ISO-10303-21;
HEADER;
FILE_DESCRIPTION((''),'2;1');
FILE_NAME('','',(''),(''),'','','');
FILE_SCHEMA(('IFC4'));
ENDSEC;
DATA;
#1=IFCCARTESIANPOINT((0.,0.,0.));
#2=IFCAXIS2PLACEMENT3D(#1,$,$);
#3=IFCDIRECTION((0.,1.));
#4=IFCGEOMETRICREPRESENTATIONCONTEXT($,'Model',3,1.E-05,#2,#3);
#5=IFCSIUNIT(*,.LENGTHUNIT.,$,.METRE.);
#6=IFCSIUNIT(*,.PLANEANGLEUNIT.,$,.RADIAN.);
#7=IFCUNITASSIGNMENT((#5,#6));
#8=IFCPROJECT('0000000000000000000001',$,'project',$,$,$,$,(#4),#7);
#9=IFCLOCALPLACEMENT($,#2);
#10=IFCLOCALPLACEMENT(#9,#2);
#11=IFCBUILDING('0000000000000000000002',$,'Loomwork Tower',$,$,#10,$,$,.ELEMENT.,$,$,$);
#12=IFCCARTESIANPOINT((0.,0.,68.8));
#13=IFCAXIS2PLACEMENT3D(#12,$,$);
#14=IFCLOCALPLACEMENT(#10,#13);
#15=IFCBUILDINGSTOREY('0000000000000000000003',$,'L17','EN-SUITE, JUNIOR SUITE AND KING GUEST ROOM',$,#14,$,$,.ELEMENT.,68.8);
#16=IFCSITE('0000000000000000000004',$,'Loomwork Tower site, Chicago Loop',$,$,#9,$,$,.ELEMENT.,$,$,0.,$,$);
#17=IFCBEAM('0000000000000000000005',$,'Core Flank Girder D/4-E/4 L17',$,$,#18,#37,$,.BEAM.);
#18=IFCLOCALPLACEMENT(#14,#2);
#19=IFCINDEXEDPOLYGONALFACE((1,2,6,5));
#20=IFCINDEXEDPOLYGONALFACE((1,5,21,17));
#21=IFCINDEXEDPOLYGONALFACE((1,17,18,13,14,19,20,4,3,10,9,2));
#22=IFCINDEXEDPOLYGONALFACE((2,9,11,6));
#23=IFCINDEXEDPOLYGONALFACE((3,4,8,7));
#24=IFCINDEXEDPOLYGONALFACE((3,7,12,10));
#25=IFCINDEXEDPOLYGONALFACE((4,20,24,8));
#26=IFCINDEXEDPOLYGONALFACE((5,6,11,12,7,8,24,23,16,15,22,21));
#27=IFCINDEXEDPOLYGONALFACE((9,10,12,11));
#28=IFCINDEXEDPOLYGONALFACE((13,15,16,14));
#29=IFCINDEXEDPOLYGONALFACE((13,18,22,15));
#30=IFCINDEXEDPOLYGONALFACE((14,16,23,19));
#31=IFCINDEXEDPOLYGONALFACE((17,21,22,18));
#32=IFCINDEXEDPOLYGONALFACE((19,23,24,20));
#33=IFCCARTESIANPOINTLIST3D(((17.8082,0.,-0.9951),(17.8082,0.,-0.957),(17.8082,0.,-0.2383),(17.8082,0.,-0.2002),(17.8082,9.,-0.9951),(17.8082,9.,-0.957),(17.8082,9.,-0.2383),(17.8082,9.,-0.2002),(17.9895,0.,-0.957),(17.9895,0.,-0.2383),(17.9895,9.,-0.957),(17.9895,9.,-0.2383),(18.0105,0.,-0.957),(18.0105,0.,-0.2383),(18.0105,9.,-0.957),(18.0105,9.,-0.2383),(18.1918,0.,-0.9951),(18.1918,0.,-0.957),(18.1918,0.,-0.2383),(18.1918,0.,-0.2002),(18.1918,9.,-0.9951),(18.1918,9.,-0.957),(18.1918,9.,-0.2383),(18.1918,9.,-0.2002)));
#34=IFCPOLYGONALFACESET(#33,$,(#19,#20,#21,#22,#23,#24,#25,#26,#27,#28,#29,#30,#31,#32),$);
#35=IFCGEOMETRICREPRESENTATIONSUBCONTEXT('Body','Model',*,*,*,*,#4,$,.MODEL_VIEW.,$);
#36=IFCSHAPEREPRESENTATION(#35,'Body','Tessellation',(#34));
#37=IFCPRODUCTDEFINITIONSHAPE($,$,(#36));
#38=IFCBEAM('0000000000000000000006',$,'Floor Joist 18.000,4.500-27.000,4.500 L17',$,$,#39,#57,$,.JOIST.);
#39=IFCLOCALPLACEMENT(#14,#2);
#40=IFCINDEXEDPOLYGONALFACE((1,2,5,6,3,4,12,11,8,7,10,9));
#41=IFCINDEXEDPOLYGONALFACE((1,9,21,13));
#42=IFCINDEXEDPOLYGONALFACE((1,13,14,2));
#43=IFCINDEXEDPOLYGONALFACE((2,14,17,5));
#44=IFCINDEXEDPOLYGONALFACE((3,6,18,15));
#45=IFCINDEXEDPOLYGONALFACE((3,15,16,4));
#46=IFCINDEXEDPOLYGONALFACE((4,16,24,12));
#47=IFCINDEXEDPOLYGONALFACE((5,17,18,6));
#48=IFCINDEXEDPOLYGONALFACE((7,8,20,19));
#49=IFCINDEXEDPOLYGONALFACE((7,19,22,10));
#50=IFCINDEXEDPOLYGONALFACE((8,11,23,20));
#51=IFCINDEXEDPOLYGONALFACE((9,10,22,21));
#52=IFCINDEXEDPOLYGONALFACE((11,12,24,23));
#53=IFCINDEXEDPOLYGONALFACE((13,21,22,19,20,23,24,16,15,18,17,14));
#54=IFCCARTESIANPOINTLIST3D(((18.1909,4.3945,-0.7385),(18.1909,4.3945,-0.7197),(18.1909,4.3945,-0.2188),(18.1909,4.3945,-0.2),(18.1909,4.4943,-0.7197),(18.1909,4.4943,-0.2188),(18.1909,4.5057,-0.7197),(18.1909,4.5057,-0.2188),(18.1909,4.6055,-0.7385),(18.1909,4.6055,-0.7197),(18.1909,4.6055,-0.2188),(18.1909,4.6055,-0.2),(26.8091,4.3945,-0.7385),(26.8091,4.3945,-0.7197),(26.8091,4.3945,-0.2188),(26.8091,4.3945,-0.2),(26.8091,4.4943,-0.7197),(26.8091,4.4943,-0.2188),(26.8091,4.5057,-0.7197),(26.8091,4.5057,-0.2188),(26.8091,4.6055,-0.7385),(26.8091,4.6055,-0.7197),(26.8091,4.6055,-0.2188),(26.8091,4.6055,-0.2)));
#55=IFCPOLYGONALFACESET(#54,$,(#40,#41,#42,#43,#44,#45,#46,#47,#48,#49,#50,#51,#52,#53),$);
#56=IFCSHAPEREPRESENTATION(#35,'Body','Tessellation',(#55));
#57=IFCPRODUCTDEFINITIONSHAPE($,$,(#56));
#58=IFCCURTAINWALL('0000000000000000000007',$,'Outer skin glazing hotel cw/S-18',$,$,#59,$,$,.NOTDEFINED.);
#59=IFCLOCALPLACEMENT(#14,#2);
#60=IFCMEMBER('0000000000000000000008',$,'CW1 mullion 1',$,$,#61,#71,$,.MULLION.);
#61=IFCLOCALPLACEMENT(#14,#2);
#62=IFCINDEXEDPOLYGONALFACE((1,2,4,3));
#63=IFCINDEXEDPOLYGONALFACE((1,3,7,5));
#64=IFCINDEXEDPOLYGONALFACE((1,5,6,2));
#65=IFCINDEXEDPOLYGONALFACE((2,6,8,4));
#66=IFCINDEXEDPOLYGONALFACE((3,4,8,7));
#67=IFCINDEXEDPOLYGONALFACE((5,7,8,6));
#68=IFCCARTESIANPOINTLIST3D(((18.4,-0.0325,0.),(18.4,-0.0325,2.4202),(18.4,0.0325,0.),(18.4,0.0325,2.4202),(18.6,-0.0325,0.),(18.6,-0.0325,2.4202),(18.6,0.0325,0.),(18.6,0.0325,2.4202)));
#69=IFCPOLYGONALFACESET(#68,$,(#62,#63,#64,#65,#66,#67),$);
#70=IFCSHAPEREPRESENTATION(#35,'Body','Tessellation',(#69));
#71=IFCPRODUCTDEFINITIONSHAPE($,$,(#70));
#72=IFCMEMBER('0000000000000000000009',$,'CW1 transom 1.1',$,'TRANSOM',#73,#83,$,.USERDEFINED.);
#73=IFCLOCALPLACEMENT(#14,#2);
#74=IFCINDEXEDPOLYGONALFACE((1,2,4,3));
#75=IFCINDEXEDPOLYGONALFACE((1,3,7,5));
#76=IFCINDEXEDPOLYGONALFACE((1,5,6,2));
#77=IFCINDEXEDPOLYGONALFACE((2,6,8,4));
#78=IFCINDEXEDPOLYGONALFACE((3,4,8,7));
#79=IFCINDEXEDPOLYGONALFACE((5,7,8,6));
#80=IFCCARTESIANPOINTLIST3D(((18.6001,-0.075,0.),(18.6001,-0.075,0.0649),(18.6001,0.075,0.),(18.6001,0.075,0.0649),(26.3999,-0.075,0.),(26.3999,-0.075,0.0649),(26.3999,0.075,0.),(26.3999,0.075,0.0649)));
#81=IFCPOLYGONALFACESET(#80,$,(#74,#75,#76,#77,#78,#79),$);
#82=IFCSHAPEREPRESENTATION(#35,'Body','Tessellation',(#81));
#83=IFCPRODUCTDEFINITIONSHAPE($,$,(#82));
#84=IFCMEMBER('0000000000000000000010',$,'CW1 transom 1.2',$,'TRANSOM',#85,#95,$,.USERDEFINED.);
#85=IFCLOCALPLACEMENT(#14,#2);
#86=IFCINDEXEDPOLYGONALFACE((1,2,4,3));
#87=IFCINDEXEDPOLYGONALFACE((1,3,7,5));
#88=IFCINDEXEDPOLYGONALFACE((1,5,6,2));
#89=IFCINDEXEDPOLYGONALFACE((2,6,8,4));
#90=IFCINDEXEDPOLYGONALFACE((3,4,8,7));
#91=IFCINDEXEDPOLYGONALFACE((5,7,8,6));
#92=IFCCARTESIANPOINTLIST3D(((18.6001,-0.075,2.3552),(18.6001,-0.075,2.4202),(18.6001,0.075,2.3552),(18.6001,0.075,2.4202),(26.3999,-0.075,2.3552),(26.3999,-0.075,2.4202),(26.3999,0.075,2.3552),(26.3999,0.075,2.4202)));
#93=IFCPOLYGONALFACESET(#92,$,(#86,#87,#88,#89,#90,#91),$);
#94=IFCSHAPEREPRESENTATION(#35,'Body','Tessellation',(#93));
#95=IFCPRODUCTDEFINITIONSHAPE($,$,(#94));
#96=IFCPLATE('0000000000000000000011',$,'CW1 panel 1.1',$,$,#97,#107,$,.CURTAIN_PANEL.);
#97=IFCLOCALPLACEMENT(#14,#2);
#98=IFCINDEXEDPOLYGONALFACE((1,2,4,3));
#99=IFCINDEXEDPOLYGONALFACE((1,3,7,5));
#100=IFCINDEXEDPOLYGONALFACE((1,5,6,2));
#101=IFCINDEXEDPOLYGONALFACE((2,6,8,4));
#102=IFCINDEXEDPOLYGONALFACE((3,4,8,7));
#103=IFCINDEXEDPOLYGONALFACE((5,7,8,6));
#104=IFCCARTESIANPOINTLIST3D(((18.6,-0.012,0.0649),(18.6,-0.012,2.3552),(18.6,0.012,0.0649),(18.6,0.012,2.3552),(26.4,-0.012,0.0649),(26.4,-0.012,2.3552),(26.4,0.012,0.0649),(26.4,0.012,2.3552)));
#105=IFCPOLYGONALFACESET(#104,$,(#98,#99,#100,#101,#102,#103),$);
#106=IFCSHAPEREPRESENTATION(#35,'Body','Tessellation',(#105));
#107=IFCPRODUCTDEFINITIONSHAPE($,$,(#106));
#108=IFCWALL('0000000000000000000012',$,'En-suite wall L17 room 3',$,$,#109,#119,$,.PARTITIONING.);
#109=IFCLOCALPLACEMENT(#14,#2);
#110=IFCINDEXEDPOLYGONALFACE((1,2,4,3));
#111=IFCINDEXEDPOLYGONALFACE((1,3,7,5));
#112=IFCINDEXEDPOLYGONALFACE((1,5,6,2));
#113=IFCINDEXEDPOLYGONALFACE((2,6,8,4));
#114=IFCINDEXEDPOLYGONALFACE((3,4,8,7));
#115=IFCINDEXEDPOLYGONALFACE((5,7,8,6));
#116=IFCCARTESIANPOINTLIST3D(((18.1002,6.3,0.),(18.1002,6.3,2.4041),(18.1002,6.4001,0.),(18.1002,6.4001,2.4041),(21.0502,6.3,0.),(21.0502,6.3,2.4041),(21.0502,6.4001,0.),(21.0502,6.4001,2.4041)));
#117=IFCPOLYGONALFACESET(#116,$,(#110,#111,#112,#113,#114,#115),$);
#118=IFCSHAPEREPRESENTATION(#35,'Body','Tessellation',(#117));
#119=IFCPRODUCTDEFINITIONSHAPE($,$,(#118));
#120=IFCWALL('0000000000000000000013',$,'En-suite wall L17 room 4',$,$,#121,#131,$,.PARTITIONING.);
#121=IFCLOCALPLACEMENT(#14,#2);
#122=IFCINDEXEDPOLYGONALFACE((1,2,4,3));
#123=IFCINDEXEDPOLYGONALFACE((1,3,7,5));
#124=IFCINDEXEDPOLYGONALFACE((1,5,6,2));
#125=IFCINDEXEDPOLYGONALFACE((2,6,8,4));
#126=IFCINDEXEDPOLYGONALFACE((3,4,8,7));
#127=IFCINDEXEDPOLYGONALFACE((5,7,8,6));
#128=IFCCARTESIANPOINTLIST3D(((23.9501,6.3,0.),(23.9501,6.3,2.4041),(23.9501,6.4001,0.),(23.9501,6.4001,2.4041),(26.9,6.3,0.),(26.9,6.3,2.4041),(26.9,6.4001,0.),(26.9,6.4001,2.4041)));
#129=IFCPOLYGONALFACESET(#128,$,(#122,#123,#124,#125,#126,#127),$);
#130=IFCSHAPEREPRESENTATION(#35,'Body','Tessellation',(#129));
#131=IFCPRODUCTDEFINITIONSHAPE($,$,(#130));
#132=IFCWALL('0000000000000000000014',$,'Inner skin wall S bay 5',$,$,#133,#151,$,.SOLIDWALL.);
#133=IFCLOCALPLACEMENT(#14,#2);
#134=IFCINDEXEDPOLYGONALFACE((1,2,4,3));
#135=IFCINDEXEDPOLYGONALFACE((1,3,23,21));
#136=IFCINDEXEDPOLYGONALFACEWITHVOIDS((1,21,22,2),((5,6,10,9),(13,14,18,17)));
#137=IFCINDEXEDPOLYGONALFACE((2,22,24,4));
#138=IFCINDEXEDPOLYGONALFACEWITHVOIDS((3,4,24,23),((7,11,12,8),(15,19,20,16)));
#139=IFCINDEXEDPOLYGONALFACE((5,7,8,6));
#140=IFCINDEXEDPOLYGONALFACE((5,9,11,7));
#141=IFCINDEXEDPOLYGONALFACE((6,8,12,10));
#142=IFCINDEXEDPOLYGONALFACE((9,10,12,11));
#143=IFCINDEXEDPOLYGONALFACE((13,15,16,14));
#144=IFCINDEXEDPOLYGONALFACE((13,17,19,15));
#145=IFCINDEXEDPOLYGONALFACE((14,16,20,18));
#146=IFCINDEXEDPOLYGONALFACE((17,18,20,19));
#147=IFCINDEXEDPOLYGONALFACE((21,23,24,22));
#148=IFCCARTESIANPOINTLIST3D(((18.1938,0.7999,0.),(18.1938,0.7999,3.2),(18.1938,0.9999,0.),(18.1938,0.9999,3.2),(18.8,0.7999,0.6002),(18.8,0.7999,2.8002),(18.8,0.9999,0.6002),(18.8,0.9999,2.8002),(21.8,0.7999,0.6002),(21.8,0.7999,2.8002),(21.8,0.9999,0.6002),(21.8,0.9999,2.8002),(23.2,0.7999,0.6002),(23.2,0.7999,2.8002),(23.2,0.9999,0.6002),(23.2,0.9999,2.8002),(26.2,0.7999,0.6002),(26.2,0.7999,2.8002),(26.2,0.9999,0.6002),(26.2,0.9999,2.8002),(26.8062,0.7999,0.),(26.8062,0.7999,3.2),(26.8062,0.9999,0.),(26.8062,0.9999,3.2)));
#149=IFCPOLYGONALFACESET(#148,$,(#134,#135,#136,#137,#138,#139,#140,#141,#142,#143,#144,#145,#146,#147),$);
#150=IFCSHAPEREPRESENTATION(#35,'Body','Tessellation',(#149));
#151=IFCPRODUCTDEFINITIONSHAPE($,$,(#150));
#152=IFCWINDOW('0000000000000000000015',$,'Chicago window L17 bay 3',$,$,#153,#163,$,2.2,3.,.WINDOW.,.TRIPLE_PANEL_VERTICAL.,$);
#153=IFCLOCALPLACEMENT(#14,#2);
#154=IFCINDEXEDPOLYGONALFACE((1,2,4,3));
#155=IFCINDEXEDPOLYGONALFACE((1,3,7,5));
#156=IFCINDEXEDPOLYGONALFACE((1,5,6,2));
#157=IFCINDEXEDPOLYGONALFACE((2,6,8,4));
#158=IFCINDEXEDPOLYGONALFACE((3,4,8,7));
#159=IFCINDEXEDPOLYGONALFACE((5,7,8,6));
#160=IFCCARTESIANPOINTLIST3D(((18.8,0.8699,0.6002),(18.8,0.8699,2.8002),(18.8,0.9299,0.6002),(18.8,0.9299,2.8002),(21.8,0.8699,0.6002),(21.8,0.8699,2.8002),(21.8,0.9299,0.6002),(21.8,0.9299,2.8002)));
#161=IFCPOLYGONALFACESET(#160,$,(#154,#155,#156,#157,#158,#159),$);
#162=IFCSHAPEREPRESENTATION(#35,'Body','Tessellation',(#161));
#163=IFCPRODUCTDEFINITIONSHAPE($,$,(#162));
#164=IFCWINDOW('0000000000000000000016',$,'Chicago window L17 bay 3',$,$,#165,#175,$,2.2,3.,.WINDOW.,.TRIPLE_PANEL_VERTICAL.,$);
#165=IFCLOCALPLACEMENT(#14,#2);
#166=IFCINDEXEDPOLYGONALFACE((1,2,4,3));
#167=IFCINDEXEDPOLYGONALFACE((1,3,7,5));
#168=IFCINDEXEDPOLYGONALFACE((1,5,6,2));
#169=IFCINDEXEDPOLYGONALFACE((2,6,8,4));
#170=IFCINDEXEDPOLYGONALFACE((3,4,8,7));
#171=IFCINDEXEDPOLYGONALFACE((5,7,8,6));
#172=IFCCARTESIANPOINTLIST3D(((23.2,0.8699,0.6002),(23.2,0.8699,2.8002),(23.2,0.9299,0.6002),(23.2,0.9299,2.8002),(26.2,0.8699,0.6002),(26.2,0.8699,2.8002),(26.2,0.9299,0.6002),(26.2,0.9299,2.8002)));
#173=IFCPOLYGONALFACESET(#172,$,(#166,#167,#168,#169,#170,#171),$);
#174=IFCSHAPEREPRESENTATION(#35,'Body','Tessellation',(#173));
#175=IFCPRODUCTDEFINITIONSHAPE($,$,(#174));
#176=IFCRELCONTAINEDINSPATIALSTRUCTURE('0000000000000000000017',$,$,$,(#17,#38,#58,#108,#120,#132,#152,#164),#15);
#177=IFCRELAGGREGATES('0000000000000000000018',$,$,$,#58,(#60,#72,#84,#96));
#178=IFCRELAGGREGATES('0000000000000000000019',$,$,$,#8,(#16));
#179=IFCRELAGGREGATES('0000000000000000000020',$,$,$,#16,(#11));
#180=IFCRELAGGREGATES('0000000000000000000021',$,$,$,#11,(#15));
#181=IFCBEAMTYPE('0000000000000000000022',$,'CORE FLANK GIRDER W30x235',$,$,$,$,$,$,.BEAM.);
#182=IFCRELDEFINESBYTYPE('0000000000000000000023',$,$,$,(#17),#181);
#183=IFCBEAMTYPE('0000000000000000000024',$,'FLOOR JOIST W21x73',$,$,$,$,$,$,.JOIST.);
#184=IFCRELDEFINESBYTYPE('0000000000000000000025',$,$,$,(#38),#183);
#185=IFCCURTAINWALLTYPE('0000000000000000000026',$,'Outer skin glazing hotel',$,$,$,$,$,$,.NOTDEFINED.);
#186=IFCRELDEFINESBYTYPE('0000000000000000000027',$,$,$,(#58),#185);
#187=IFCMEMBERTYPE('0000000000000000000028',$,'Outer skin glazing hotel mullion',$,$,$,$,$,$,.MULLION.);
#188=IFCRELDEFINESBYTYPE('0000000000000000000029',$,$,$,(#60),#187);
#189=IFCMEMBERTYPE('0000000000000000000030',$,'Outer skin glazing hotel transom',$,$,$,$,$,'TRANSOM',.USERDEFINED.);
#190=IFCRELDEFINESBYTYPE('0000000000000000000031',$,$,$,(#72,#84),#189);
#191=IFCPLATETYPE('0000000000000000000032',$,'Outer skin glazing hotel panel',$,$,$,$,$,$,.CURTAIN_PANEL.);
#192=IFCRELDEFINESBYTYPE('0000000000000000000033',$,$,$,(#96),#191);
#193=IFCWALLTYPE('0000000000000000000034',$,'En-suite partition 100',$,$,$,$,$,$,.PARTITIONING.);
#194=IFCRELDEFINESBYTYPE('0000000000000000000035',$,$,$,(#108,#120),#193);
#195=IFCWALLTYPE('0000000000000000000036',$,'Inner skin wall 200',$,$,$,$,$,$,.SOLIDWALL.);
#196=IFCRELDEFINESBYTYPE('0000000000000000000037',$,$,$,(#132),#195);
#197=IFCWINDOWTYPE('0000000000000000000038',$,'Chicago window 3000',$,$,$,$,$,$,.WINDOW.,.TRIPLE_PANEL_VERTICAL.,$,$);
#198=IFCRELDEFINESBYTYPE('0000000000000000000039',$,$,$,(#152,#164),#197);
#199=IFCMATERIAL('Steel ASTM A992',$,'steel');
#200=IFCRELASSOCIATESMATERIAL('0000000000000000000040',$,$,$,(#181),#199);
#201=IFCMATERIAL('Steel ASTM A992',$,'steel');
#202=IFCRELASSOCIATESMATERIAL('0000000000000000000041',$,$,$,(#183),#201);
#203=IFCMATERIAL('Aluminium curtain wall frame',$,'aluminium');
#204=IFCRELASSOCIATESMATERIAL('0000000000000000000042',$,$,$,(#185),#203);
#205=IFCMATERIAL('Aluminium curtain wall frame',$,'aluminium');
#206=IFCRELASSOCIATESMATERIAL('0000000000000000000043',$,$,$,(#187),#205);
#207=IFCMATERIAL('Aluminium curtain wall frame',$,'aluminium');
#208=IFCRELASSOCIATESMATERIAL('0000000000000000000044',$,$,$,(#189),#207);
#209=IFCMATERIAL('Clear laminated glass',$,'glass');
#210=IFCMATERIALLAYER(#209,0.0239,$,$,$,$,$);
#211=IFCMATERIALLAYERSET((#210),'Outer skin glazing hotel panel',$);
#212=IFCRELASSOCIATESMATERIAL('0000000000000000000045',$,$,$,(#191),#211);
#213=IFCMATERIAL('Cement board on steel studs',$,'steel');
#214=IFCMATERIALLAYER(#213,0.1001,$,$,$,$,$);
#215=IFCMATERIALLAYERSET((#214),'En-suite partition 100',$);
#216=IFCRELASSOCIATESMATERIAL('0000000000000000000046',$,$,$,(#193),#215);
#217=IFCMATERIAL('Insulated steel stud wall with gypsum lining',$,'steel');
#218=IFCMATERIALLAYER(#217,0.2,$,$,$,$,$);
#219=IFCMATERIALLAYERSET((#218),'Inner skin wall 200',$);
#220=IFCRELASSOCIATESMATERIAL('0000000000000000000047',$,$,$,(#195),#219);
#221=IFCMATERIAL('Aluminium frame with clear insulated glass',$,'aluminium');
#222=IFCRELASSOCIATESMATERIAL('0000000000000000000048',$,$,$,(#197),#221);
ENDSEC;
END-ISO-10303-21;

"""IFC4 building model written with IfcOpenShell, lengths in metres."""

from ifc_helpers import new_model, si_unit, direction, frame, frame_2d, origin, origin_2d, place, context, subcontext, project, spatial, rectangle, i_section, extrude, material, layer, layer_set, material_profile, profile_set, type_object, element, fill, aggregate, save


model = new_model("IFC4")

# Units and contexts
model_context = context("Model", 3, precision=1e-05, world=origin(), true_north=direction((0.0, 1.0)))
body_context = subcontext(model_context, "Body", "Model", "MODEL_VIEW")
ifc_project = project(units=[si_unit("LENGTHUNIT", "METRE"), si_unit("PLANEANGLEUNIT", "RADIAN")], contexts=[model_context])

# Site, building, storey
site_placement = place(None, origin())
site = spatial("IfcSite", under=ifc_project, at=site_placement, Name="Loomwork Tower site, Chicago Loop", CompositionType="ELEMENT", RefElevation=0.0)
building_placement = place(site_placement, origin())
building = spatial("IfcBuilding", under=site, at=building_placement, Name="Loomwork Tower", CompositionType="ELEMENT")
storey_placement = place(building_placement, frame((0.0, 0.0, 68.8)))
storey = spatial("IfcBuildingStorey", under=building, at=storey_placement, Name="L17", Description="EN-SUITE, JUNIOR SUITE AND KING GUEST ROOM", CompositionType="ELEMENT", Elevation=68.8)

# Beams
ifc_material_1 = material(Name="Steel ASTM A992", Category="steel")
ifc_material_profile_1 = material_profile(ifc_material_1, i_section(OverallWidth=0.3835, OverallDepth=0.7949, WebThickness=0.021, FlangeThickness=0.0381, at=origin_2d()), Name="W30x235")
ifc_profile_set_1 = profile_set([ifc_material_profile_1], Name="Steel ASTM A992")
beam_type_1 = type_object("IfcBeamType", Name="CORE FLANK GIRDER W30x235", PredefinedType="BEAM", material=ifc_profile_set_1)
beam_1_placement = place(storey_placement, frame((18.0, 0.0, -0.5977), z_axis=(0.0, 1.0, 0.0), x_axis=(-1.0, 0.0, 0.0)))
element("IfcBeam", 1, at=beam_1_placement, inside=storey, type_object=beam_type_1, Name="Core Flank Girder D/4-E/4 L17", PredefinedType="BEAM", context=body_context, shape_type="SweptSolid", body=[
    extrude(i_section(OverallWidth=0.3835, OverallDepth=0.7949, WebThickness=0.021, FlangeThickness=0.0381, at=origin_2d()), origin(), (0.0, 0.0, 1.0), 9.0),
])
ifc_material_2 = material(Name="Steel ASTM A992", Category="steel")
ifc_material_profile_2 = material_profile(ifc_material_2, i_section(OverallWidth=0.2109, OverallDepth=0.5386, WebThickness=0.0115, FlangeThickness=0.0188, at=origin_2d()), Name="W21x73")
ifc_profile_set_2 = profile_set([ifc_material_profile_2], Name="Steel ASTM A992")
beam_type_2 = type_object("IfcBeamType", Name="FLOOR JOIST W21x73", PredefinedType="JOIST", material=ifc_profile_set_2)
beam_2_placement = place(storey_placement, frame((18.1909, 4.5, -0.4692), z_axis=(1.0, 0.0, 0.0), x_axis=(0.0, 1.0, 0.0)))
element("IfcBeam", 2, at=beam_2_placement, inside=storey, type_object=beam_type_2, Name="Floor Joist 18.000,4.500-27.000,4.500 L17", PredefinedType="JOIST", context=body_context, shape_type="SweptSolid", body=[
    extrude(i_section(OverallWidth=0.2109, OverallDepth=0.5386, WebThickness=0.0115, FlangeThickness=0.0188, at=origin_2d()), origin(), (0.0, 0.0, 1.0), 8.6182),
])

# Curtain wall, members, plate
ifc_material_3 = material(Name="Aluminium curtain wall frame", Category="aluminium")
curtain_wall_type = type_object("IfcCurtainWallType", Name="Outer skin glazing hotel", PredefinedType="NOTDEFINED", material=ifc_material_3)
curtain_wall_placement = place(storey_placement, origin())
curtain_wall = element("IfcCurtainWall", 3, at=curtain_wall_placement, inside=storey, type_object=curtain_wall_type, Name="Outer skin glazing hotel cw/S-18", PredefinedType="NOTDEFINED")
ifc_material_4 = material(Name="Aluminium curtain wall frame", Category="aluminium")
ifc_material_profile_3 = material_profile(ifc_material_4, rectangle(XDim=0.0649, YDim=0.2, at=origin_2d()), Name="AL 65x200")
ifc_profile_set_3 = profile_set([ifc_material_profile_3], Name="Aluminium curtain wall frame")
member_type_1 = type_object("IfcMemberType", Name="Outer skin glazing hotel mullion", PredefinedType="MULLION", material=ifc_profile_set_3)
member_1_placement = place(storey_placement, frame((18.5, 0.0, 0.0), z_axis=(0.0, 0.0, 1.0), x_axis=(0.0, 1.0, 0.0)))
member_1 = element("IfcMember", 4, at=member_1_placement, type_object=member_type_1, Name="CW1 mullion 1", PredefinedType="MULLION", context=body_context, shape_type="SweptSolid", body=[
    extrude(rectangle(XDim=0.0649, YDim=0.2, at=origin_2d()), origin(), (0.0, 0.0, 1.0), 2.4202),
])
ifc_material_5 = material(Name="Aluminium curtain wall frame", Category="aluminium")
ifc_material_profile_4 = material_profile(ifc_material_5, rectangle(XDim=0.1499, YDim=0.0649, at=origin_2d()), Name="AL 65x150")
ifc_profile_set_4 = profile_set([ifc_material_profile_4], Name="Aluminium curtain wall frame")
member_type_2 = type_object("IfcMemberType", Name="Outer skin glazing hotel transom", ElementType="TRANSOM", PredefinedType="USERDEFINED", material=ifc_profile_set_4)
member_2_placement = place(storey_placement, frame((18.6001, 0.0, 0.0325), z_axis=(1.0, 0.0, 0.0), x_axis=(0.0, 1.0, 0.0)))
member_2 = element("IfcMember", 5, at=member_2_placement, type_object=member_type_2, Name="CW1 transom 1.1", ObjectType="TRANSOM", PredefinedType="USERDEFINED", context=body_context, shape_type="SweptSolid", body=[
    extrude(rectangle(XDim=0.1499, YDim=0.0649, at=origin_2d()), origin(), (0.0, 0.0, 1.0), 7.7998),
])
member_3_placement = place(storey_placement, frame((18.6001, 0.0, 2.3877), z_axis=(1.0, 0.0, 0.0), x_axis=(0.0, 1.0, 0.0)))
member_3 = element("IfcMember", 6, at=member_3_placement, type_object=member_type_2, Name="CW1 transom 1.2", ObjectType="TRANSOM", PredefinedType="USERDEFINED", context=body_context, shape_type="SweptSolid", body=[
    extrude(rectangle(XDim=0.1499, YDim=0.0649, at=origin_2d()), origin(), (0.0, 0.0, 1.0), 7.7998),
])
ifc_material_6 = material(Name="Clear laminated glass", Category="glass")
ifc_layer_1 = layer(ifc_material_6, 0.0239)
ifc_layer_set_1 = layer_set([ifc_layer_1], Name="Outer skin glazing hotel panel")
plate_type = type_object("IfcPlateType", Name="Outer skin glazing hotel panel", PredefinedType="CURTAIN_PANEL", material=ifc_layer_set_1)
plate_placement = place(storey_placement, frame((22.5, 0.0, 0.0649), z_axis=(0.0, 0.0, 1.0), x_axis=(1.0, 0.0, 0.0)))
plate = element("IfcPlate", 7, at=plate_placement, type_object=plate_type, Name="CW1 panel 1.1", PredefinedType="CURTAIN_PANEL", context=body_context, shape_type="SweptSolid", body=[
    extrude(rectangle(XDim=7.8, YDim=0.0239, at=origin_2d()), origin(), (0.0, 0.0, 1.0), 2.2903),
])
aggregate(curtain_wall, [member_1, member_2, member_3, plate])

# Walls
ifc_material_7 = material(Name="Cement board on steel studs", Category="steel")
ifc_layer_2 = layer(ifc_material_7, 0.1001)
ifc_layer_set_2 = layer_set([ifc_layer_2], Name="En-suite partition 100")
wall_type_1 = type_object("IfcWallType", Name="En-suite partition 100", PredefinedType="PARTITIONING", material=ifc_layer_set_2)
for number, where, z_axis, x_axis, name in (
    (8, (18.1001, 6.3501, 0.0), (0.0, 0.0, 1.0), (1.0, 0.0, 0.0), "En-suite wall L17 room 3"),
    (9, (23.95, 6.3501, 0.0), (0.0, 0.0, 1.0), (1.0, 0.0, 0.0), "En-suite wall L17 room 4"),
):
    element("IfcWall", number, at=place(storey_placement, frame(where, z_axis=z_axis, x_axis=x_axis)), inside=storey, type_object=wall_type_1, Name=name, PredefinedType="PARTITIONING", context=body_context, shape_type="SweptSolid", body=[
        extrude(rectangle(XDim=2.95, YDim=0.1001, at=frame_2d((1.4751, 0.0))), origin(), (0.0, 0.0, 1.0), 2.4041),
    ])

# Wall, openings, windows
ifc_material_8 = material(Name="Insulated steel stud wall with gypsum lining", Category="steel")
ifc_layer_3 = layer(ifc_material_8, 0.2)
ifc_layer_set_3 = layer_set([ifc_layer_3], Name="Inner skin wall 200")
wall_type_2 = type_object("IfcWallType", Name="Inner skin wall 200", PredefinedType="SOLIDWALL", material=ifc_layer_set_3)
wall_placement = place(storey_placement, frame((18.1938, 0.8999, 0.0), z_axis=(0.0, 0.0, 1.0), x_axis=(1.0, 0.0, 0.0)))
wall = element("IfcWall", 10, at=wall_placement, inside=storey, type_object=wall_type_2, Name="Inner skin wall S bay 5", PredefinedType="SOLIDWALL", context=body_context, shape_type="SweptSolid", body=[
    extrude(rectangle(XDim=8.6123, YDim=0.2, at=frame_2d((4.3062, 0.0))), origin(), (0.0, 0.0, 1.0), 3.2),
])
opening_1_placement = place(wall_placement, frame((0.6062, 0.0, 0.6001)))
opening_1 = element("IfcOpeningElement", 11, at=opening_1_placement, cuts=wall, PredefinedType="OPENING", context=body_context, shape_type="SweptSolid", body=[
    extrude(rectangle(XDim=3.0, YDim=2.2, at=frame_2d((1.5, 1.1001))), frame((0.0, 0.1099, 0.0), z_axis=(0.0, -1.0, 0.0), x_axis=(1.0, 0.0, 0.0)), (0.0, 0.0, 1.0), 0.22),
])
opening_2_placement = place(wall_placement, frame((5.0061, 0.0, 0.6001)))
opening_2 = element("IfcOpeningElement", 12, at=opening_2_placement, cuts=wall, PredefinedType="OPENING", context=body_context, shape_type="SweptSolid", body=[
    extrude(rectangle(XDim=3.0, YDim=2.2, at=frame_2d((1.5, 1.1001))), frame((0.0, 0.1099, 0.0), z_axis=(0.0, -1.0, 0.0), x_axis=(1.0, 0.0, 0.0)), (0.0, 0.0, 1.0), 0.22),
])
ifc_material_9 = material(Name="Aluminium frame with clear insulated glass", Category="aluminium")
window_type = type_object("IfcWindowType", Name="Chicago window 3000", PartitioningType="TRIPLE_PANEL_VERTICAL", PredefinedType="WINDOW", material=ifc_material_9)
window_1_placement = place(opening_1_placement, origin())
window_1 = element("IfcWindow", 13, at=window_1_placement, inside=storey, type_object=window_type, Name="Chicago window L17 bay 3", OverallHeight=2.2, OverallWidth=3.0, PartitioningType="TRIPLE_PANEL_VERTICAL", PredefinedType="WINDOW", context=body_context, shape_type="SweptSolid", body=[
    extrude(rectangle(XDim=3.0, YDim=2.2, at=frame_2d((1.5, 1.1001))), frame((0.0, 0.03, 0.0), z_axis=(0.0, -1.0, 0.0), x_axis=(1.0, 0.0, 0.0)), (0.0, 0.0, 1.0), 0.0601),
])
fill(opening_1, window_1)
window_2_placement = place(opening_2_placement, origin())
window_2 = element("IfcWindow", 14, at=window_2_placement, inside=storey, type_object=window_type, Name="Chicago window L17 bay 3", OverallHeight=2.2, OverallWidth=3.0, PartitioningType="TRIPLE_PANEL_VERTICAL", PredefinedType="WINDOW", context=body_context, shape_type="SweptSolid", body=[
    extrude(rectangle(XDim=3.0, YDim=2.2, at=frame_2d((1.5, 1.1001))), frame((0.0, 0.03, 0.0), z_axis=(0.0, -1.0, 0.0), x_axis=(1.0, 0.0, 0.0)), (0.0, 0.0, 1.0), 0.0601),
])
fill(opening_2, window_2)

save(model, "model.ifc")
